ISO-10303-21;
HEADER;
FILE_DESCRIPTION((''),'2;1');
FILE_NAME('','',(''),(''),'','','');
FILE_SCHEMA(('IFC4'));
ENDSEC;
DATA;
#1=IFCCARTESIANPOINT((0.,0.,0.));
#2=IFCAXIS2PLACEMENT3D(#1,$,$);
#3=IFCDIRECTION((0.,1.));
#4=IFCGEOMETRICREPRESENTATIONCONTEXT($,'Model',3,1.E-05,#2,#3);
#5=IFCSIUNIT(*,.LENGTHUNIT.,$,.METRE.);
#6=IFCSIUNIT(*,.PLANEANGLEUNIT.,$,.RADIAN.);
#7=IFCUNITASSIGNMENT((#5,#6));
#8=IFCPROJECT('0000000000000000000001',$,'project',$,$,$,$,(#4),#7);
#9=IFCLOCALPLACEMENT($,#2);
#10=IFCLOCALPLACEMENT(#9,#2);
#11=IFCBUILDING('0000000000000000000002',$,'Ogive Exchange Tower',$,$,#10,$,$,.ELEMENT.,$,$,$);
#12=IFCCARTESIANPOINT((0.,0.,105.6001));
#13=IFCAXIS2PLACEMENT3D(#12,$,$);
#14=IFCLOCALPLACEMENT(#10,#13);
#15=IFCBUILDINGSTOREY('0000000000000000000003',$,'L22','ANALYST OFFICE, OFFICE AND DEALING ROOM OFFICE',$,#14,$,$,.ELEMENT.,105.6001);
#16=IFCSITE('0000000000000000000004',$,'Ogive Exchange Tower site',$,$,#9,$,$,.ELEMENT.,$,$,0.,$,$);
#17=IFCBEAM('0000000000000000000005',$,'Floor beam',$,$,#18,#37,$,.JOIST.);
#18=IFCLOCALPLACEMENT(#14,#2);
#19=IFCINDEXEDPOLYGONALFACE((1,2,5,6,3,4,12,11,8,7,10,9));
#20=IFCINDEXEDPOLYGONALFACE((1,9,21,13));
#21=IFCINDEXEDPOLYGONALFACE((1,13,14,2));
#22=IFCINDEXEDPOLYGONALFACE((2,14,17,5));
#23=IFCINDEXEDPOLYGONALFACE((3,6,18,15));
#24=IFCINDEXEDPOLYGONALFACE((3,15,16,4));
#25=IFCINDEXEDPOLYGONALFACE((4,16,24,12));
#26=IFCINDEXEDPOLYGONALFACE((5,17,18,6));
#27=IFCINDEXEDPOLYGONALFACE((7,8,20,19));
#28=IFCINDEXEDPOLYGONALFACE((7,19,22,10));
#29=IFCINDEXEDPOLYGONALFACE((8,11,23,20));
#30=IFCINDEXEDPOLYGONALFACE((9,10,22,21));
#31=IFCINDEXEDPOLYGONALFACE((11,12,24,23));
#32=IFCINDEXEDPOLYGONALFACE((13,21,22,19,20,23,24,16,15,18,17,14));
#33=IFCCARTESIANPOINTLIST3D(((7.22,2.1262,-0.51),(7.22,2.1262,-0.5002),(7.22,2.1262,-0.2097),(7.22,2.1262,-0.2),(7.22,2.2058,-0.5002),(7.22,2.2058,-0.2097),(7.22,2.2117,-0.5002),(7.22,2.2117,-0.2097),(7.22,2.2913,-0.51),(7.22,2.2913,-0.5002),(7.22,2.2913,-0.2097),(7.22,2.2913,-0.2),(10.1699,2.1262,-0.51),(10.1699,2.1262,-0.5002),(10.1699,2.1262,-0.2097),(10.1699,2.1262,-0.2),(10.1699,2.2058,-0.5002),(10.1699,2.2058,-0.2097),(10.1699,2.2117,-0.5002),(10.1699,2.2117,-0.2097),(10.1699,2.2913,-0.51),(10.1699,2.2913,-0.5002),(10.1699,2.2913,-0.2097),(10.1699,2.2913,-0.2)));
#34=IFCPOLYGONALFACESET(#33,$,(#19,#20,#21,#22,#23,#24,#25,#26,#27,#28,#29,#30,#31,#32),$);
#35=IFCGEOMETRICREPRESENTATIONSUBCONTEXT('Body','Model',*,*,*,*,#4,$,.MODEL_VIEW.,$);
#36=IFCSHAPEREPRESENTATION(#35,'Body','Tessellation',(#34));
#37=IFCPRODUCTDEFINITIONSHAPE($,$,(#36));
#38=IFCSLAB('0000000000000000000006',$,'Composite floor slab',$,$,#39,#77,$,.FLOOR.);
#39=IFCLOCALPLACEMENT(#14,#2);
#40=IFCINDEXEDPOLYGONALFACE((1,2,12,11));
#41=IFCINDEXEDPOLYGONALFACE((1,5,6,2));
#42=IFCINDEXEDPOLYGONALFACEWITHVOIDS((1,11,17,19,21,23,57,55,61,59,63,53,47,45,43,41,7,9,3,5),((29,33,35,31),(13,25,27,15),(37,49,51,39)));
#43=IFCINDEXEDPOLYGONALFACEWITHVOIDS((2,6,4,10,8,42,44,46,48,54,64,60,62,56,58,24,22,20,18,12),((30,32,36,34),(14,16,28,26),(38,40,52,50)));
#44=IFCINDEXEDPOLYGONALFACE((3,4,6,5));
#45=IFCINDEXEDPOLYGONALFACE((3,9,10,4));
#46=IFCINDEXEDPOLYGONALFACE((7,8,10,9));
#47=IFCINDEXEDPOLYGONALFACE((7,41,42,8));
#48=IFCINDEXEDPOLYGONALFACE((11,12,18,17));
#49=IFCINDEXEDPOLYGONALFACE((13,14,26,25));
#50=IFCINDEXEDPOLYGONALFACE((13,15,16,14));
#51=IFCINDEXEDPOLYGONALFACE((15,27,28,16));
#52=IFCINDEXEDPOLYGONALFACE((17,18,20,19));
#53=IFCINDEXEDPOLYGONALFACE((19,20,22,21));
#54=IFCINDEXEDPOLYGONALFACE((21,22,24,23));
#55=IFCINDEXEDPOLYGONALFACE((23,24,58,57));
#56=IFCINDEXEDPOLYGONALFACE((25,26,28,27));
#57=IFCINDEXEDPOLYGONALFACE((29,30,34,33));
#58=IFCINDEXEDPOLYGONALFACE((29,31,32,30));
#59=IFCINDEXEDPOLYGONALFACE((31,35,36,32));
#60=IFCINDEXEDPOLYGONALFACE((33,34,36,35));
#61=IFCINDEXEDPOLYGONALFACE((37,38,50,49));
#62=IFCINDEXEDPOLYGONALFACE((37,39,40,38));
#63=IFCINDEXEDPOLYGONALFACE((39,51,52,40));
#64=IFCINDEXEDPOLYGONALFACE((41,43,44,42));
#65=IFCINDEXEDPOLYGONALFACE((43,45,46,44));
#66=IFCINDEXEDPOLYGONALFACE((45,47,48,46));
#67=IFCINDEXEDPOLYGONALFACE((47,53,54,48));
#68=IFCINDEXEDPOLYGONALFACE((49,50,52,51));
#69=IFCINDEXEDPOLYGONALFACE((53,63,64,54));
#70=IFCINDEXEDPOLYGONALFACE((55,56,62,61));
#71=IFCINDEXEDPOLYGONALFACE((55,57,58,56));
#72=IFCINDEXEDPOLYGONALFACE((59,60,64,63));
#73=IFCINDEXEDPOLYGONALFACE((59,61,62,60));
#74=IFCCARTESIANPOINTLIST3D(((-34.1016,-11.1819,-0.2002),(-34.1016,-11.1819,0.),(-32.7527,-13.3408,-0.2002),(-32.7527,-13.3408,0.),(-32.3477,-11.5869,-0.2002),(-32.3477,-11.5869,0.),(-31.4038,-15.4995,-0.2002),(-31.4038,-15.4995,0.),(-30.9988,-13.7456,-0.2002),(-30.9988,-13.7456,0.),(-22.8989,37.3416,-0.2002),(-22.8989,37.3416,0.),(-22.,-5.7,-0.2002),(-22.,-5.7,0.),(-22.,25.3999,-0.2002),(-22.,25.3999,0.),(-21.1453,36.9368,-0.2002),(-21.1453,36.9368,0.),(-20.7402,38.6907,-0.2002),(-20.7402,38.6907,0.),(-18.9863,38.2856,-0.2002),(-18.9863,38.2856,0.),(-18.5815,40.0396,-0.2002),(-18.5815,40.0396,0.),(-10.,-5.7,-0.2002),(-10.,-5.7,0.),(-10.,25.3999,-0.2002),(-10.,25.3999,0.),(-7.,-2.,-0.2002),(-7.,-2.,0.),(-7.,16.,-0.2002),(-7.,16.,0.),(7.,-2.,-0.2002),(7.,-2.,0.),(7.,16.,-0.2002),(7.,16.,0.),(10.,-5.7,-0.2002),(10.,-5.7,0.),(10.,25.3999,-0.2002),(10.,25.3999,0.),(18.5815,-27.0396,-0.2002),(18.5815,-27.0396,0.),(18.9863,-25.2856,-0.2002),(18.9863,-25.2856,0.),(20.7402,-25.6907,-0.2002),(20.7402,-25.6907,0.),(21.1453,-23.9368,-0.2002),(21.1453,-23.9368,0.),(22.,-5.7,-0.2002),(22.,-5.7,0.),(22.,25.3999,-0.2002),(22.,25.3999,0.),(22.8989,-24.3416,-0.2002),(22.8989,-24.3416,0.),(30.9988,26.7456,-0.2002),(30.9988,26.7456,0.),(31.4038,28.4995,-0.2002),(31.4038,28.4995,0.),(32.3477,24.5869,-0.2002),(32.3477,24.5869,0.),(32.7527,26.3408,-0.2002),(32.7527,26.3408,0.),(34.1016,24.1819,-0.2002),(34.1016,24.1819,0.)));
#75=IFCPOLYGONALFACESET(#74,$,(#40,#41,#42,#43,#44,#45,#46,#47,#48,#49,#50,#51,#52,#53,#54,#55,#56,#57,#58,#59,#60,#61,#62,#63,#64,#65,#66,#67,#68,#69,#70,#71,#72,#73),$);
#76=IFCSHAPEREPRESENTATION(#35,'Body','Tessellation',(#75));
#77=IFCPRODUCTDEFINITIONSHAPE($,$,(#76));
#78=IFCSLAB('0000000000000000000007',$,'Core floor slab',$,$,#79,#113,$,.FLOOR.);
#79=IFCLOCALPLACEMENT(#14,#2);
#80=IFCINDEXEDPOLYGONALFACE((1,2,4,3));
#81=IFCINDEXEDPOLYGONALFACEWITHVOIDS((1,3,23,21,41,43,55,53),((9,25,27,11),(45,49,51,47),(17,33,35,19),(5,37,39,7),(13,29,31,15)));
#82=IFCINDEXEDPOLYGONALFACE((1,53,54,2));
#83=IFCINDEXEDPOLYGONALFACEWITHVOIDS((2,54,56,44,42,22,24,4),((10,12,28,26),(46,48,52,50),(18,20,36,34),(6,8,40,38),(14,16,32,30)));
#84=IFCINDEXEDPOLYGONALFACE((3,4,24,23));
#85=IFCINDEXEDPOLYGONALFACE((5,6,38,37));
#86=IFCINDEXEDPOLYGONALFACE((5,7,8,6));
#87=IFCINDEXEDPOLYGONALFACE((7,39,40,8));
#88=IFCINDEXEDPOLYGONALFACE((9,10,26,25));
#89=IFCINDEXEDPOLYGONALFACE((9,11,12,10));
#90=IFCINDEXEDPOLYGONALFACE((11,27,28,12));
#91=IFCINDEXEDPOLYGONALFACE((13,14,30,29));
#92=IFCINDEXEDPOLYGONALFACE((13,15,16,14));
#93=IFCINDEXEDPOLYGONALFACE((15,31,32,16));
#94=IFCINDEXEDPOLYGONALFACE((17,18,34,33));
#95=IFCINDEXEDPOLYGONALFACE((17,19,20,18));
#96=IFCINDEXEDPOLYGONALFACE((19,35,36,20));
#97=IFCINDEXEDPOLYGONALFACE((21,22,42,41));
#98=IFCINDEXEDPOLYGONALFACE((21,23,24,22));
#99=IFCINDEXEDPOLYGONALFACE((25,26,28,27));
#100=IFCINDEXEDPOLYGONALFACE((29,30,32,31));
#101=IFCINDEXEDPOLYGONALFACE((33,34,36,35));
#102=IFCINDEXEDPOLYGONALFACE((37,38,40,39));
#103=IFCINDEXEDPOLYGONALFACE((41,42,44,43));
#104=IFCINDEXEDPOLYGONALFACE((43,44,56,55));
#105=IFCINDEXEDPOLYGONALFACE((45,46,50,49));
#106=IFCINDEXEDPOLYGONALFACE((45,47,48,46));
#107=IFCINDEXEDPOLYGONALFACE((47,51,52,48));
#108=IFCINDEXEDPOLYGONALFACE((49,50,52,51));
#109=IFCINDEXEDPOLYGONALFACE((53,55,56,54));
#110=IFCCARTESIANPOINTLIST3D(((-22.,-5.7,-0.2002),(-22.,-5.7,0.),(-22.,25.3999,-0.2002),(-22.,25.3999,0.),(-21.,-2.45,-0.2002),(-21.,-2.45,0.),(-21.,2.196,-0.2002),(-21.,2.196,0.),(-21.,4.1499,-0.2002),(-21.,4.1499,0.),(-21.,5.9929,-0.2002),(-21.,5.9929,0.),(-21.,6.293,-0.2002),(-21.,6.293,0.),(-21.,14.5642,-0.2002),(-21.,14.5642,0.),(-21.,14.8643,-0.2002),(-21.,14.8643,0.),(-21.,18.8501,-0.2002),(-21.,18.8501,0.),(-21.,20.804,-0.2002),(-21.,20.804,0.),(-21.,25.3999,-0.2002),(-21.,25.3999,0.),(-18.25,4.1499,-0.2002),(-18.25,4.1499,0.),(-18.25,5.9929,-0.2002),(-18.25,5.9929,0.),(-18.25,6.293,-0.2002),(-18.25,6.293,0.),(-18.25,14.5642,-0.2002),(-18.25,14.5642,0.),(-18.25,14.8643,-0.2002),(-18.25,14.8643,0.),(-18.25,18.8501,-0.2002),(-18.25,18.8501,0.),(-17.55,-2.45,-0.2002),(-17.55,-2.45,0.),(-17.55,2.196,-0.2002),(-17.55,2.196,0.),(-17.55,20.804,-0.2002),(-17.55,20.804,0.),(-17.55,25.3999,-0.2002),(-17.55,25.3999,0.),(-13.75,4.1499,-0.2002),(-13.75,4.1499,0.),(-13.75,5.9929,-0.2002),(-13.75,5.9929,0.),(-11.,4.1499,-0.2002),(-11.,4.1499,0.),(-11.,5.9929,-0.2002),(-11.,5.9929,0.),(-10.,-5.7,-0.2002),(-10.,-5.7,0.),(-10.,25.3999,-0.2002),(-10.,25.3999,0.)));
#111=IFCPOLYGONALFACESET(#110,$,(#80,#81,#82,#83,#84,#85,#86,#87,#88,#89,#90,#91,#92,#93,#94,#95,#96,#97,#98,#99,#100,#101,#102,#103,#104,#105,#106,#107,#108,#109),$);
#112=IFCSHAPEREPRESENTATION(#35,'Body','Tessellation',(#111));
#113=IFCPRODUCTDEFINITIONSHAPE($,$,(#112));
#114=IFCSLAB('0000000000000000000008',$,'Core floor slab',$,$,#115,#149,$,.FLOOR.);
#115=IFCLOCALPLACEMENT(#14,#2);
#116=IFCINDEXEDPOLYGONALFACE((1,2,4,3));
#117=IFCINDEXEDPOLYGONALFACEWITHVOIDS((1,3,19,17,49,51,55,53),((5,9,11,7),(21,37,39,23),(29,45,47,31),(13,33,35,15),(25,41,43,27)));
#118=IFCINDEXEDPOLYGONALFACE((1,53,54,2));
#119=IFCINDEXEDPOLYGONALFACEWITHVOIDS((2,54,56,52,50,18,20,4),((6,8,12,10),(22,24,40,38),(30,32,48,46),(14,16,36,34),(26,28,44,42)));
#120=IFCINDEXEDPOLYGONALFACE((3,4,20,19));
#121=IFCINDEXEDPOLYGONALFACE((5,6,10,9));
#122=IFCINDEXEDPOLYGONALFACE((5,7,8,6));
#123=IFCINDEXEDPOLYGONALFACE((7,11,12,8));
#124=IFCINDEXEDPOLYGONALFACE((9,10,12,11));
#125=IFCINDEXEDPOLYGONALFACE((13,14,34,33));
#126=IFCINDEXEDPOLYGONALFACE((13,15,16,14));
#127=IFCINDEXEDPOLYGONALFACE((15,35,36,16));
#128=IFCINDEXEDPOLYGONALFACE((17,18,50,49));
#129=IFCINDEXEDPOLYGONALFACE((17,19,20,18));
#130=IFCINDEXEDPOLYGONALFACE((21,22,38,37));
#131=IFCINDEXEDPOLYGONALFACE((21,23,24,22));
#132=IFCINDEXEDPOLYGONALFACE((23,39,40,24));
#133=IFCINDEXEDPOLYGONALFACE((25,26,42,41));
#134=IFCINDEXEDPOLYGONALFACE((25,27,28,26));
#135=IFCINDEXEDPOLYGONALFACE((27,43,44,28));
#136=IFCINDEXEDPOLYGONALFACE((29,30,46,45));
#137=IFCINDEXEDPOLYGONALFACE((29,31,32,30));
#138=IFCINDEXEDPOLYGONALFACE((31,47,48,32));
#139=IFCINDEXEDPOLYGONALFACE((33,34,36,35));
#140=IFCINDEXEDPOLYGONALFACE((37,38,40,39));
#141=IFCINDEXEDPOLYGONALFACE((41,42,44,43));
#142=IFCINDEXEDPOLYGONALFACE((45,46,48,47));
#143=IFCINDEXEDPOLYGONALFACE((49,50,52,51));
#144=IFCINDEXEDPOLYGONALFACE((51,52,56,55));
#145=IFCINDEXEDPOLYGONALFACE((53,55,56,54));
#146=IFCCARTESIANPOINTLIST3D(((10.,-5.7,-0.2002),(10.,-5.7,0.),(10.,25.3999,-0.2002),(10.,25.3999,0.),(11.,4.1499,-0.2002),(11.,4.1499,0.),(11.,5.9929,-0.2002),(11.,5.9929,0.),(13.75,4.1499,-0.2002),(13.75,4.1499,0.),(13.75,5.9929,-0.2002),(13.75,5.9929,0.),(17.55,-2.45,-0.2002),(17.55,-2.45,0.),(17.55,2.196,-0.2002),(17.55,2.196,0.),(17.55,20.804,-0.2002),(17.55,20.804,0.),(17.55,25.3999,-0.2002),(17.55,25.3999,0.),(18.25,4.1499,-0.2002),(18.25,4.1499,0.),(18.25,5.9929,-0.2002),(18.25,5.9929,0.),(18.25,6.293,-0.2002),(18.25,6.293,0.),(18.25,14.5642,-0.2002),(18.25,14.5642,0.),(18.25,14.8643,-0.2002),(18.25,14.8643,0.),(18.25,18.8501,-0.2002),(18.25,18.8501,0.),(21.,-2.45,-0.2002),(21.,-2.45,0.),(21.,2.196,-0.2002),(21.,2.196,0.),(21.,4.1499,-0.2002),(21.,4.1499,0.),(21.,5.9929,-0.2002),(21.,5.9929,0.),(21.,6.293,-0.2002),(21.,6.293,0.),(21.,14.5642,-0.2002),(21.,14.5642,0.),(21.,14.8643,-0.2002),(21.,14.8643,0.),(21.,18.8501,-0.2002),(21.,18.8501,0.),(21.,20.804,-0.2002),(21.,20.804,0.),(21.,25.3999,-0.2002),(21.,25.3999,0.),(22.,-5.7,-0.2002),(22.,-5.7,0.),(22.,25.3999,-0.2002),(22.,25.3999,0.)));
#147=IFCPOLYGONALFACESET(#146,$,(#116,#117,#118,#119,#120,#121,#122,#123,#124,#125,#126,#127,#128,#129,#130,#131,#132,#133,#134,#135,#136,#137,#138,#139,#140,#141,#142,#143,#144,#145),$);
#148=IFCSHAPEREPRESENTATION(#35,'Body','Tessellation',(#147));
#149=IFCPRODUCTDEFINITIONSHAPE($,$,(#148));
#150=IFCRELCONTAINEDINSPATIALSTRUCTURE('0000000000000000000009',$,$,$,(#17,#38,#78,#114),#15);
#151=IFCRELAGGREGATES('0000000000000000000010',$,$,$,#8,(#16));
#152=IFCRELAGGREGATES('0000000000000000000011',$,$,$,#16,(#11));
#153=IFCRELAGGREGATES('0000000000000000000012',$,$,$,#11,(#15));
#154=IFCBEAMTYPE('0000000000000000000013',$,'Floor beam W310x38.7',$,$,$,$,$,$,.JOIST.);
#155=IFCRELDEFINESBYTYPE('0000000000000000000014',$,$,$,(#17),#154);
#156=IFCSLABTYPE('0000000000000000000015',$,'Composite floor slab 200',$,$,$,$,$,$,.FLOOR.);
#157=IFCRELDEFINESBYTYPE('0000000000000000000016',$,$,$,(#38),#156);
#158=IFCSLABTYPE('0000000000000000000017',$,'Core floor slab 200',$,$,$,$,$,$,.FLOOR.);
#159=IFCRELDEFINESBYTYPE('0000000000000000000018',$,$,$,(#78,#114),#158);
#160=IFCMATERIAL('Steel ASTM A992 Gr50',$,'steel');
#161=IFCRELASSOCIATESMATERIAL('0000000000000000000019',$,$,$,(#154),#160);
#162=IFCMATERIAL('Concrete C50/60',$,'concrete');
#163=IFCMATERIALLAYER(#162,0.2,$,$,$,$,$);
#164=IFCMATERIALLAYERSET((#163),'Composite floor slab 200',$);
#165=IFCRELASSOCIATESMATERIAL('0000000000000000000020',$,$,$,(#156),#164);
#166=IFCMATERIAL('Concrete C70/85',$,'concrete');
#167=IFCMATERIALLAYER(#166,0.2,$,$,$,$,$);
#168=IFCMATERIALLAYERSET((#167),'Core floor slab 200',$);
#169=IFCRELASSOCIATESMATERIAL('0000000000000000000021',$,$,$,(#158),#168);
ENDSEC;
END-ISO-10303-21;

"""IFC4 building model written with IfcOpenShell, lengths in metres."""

from ifc_helpers import new_model, si_unit, direction, frame, origin, origin_2d, place, context, subcontext, project, spatial, polyline, i_section, outline, extrude, material, layer, layer_set, material_profile, profile_set, type_object, element, save


model = new_model("IFC4")

# Units and contexts
model_context = context("Model", 3, precision=1e-05, world=origin(), true_north=direction((0.0, 1.0)))
body_context = subcontext(model_context, "Body", "Model", "MODEL_VIEW")
ifc_project = project(units=[si_unit("LENGTHUNIT", "METRE"), si_unit("PLANEANGLEUNIT", "RADIAN")], contexts=[model_context])

# Site, building, storey
site_placement = place(None, origin())
site = spatial("IfcSite", under=ifc_project, at=site_placement, Name="Ogive Exchange Tower site", CompositionType="ELEMENT", RefElevation=0.0)
building_placement = place(site_placement, origin())
building = spatial("IfcBuilding", under=site, at=building_placement, Name="Ogive Exchange Tower", CompositionType="ELEMENT")
storey_placement = place(building_placement, frame((0.0, 0.0, 105.6001)))
storey = spatial("IfcBuildingStorey", under=building, at=storey_placement, Name="L22", Description="ANALYST OFFICE, OFFICE AND DEALING ROOM OFFICE", CompositionType="ELEMENT", Elevation=105.6001)

# Beam
ifc_material_1 = material(Name="Steel ASTM A992 Gr50", Category="steel")
ifc_material_profile = material_profile(ifc_material_1, i_section(OverallWidth=0.165, OverallDepth=0.3101, WebThickness=0.0059, FlangeThickness=0.0098, at=origin_2d()), Name="W310x38.7")
ifc_profile_set = profile_set([ifc_material_profile], Name="Steel ASTM A992 Gr50")
beam_type = type_object("IfcBeamType", Name="Floor beam W310x38.7", PredefinedType="JOIST", material=ifc_profile_set)
beam_placement = place(storey_placement, frame((7.22, 2.2087, -0.355), z_axis=(1.0, 0.0, 0.0), x_axis=(0.0, 1.0, 0.0)))
element("IfcBeam", 1, at=beam_placement, inside=storey, type_object=beam_type, Name="Floor beam", PredefinedType="JOIST", context=body_context, shape_type="SweptSolid", body=[
    extrude(i_section(OverallWidth=0.165, OverallDepth=0.3101, WebThickness=0.0059, FlangeThickness=0.0098, at=origin_2d()), origin(), (0.0, 0.0, 1.0), 2.95),
])

# Slabs
ifc_material_2 = material(Name="Concrete C50/60", Category="concrete")
ifc_layer_1 = layer(ifc_material_2, 0.2)
ifc_layer_set_1 = layer_set([ifc_layer_1], Name="Composite floor slab 200")
slab_type_1 = type_object("IfcSlabType", Name="Composite floor slab 200", PredefinedType="FLOOR", material=ifc_layer_set_1)
slab_1_placement = place(storey_placement, frame((0.0, 0.0, -0.2002)))
element("IfcSlab", 2, at=slab_1_placement, inside=storey, type_object=slab_type_1, Name="Composite floor slab", PredefinedType="FLOOR", context=body_context, shape_type="SweptSolid", body=[
    extrude(outline(polyline([(-30.9988, -13.7456), (-32.7527, -13.3408), (-32.3477, -11.5869), (-34.1016, -11.1819), (-22.8989, 37.3416), (-21.1453, 36.9368), (-20.7402, 38.6907), (-18.9863, 38.2856), (-18.5815, 40.0396), (31.4038, 28.4995), (30.9988, 26.7456), (32.7527, 26.3408), (32.3477, 24.5869), (34.1016, 24.1819), (22.8989, -24.3416), (21.1453, -23.9368), (20.7402, -25.6907), (18.9863, -25.2856), (18.5815, -27.0396), (-31.4038, -15.4995), (-30.9988, -13.7456)]), holes=[polyline([(7.0, -2.0), (7.0, 16.0), (-7.0, 16.0), (-7.0, -2.0), (7.0, -2.0)]), polyline([(-22.0, -5.7), (-10.0, -5.7), (-10.0, 25.3999), (-22.0, 25.3999), (-22.0, -5.7)]), polyline([(10.0, -5.7), (22.0, -5.7), (22.0, 25.3999), (10.0, 25.3999), (10.0, -5.7)])]), origin(), (0.0, 0.0, 1.0), 0.2002),
])
ifc_material_3 = material(Name="Concrete C70/85", Category="concrete")
ifc_layer_2 = layer(ifc_material_3, 0.2)
ifc_layer_set_2 = layer_set([ifc_layer_2], Name="Core floor slab 200")
slab_type_2 = type_object("IfcSlabType", Name="Core floor slab 200", PredefinedType="FLOOR", material=ifc_layer_set_2)
slab_2_placement = place(storey_placement, frame((0.0, 0.0, -0.2002)))
element("IfcSlab", 3, at=slab_2_placement, inside=storey, type_object=slab_type_2, Name="Core floor slab", PredefinedType="FLOOR", context=body_context, shape_type="SweptSolid", body=[
    extrude(outline(polyline([(-10.0, 25.3999), (-10.0, -5.7), (-22.0, -5.7), (-22.0, 25.3999), (-21.0, 25.3999), (-21.0, 20.804), (-17.55, 20.804), (-17.55, 25.3999), (-10.0, 25.3999)]), holes=[polyline([(-17.55, 2.196), (-21.0, 2.196), (-21.0, -2.45), (-17.55, -2.45), (-17.55, 2.196)]), polyline([(-18.25, 5.9929), (-21.0, 5.9929), (-21.0, 4.1499), (-18.25, 4.1499), (-18.25, 5.9929)]), polyline([(-11.0, 5.9929), (-13.75, 5.9929), (-13.75, 4.1499), (-11.0, 4.1499), (-11.0, 5.9929)]), polyline([(-21.0, 14.5642), (-21.0, 6.293), (-18.25, 6.293), (-18.25, 14.5642), (-21.0, 14.5642)]), polyline([(-18.25, 18.8501), (-21.0, 18.8501), (-21.0, 14.8643), (-18.25, 14.8643), (-18.25, 18.8501)])]), origin(), (0.0, 0.0, 1.0), 0.2002),
])
slab_3_placement = place(storey_placement, frame((0.0, 0.0, -0.2002)))
element("IfcSlab", 4, at=slab_3_placement, inside=storey, type_object=slab_type_2, Name="Core floor slab", PredefinedType="FLOOR", context=body_context, shape_type="SweptSolid", body=[
    extrude(outline(polyline([(22.0, 25.3999), (22.0, -5.7), (10.0, -5.7), (10.0, 25.3999), (17.55, 25.3999), (17.55, 20.804), (21.0, 20.804), (21.0, 25.3999), (22.0, 25.3999)]), holes=[polyline([(21.0, 2.196), (17.55, 2.196), (17.55, -2.45), (21.0, -2.45), (21.0, 2.196)]), polyline([(13.75, 5.9929), (11.0, 5.9929), (11.0, 4.1499), (13.75, 4.1499), (13.75, 5.9929)]), polyline([(21.0, 5.9929), (18.25, 5.9929), (18.25, 4.1499), (21.0, 4.1499), (21.0, 5.9929)]), polyline([(18.25, 14.5642), (18.25, 6.293), (21.0, 6.293), (21.0, 14.5642), (18.25, 14.5642)]), polyline([(21.0, 18.8501), (18.25, 18.8501), (18.25, 14.8643), (21.0, 14.8643), (21.0, 18.8501)])]), origin(), (0.0, 0.0, 1.0), 0.2002),
])

save(model, "model.ifc")
